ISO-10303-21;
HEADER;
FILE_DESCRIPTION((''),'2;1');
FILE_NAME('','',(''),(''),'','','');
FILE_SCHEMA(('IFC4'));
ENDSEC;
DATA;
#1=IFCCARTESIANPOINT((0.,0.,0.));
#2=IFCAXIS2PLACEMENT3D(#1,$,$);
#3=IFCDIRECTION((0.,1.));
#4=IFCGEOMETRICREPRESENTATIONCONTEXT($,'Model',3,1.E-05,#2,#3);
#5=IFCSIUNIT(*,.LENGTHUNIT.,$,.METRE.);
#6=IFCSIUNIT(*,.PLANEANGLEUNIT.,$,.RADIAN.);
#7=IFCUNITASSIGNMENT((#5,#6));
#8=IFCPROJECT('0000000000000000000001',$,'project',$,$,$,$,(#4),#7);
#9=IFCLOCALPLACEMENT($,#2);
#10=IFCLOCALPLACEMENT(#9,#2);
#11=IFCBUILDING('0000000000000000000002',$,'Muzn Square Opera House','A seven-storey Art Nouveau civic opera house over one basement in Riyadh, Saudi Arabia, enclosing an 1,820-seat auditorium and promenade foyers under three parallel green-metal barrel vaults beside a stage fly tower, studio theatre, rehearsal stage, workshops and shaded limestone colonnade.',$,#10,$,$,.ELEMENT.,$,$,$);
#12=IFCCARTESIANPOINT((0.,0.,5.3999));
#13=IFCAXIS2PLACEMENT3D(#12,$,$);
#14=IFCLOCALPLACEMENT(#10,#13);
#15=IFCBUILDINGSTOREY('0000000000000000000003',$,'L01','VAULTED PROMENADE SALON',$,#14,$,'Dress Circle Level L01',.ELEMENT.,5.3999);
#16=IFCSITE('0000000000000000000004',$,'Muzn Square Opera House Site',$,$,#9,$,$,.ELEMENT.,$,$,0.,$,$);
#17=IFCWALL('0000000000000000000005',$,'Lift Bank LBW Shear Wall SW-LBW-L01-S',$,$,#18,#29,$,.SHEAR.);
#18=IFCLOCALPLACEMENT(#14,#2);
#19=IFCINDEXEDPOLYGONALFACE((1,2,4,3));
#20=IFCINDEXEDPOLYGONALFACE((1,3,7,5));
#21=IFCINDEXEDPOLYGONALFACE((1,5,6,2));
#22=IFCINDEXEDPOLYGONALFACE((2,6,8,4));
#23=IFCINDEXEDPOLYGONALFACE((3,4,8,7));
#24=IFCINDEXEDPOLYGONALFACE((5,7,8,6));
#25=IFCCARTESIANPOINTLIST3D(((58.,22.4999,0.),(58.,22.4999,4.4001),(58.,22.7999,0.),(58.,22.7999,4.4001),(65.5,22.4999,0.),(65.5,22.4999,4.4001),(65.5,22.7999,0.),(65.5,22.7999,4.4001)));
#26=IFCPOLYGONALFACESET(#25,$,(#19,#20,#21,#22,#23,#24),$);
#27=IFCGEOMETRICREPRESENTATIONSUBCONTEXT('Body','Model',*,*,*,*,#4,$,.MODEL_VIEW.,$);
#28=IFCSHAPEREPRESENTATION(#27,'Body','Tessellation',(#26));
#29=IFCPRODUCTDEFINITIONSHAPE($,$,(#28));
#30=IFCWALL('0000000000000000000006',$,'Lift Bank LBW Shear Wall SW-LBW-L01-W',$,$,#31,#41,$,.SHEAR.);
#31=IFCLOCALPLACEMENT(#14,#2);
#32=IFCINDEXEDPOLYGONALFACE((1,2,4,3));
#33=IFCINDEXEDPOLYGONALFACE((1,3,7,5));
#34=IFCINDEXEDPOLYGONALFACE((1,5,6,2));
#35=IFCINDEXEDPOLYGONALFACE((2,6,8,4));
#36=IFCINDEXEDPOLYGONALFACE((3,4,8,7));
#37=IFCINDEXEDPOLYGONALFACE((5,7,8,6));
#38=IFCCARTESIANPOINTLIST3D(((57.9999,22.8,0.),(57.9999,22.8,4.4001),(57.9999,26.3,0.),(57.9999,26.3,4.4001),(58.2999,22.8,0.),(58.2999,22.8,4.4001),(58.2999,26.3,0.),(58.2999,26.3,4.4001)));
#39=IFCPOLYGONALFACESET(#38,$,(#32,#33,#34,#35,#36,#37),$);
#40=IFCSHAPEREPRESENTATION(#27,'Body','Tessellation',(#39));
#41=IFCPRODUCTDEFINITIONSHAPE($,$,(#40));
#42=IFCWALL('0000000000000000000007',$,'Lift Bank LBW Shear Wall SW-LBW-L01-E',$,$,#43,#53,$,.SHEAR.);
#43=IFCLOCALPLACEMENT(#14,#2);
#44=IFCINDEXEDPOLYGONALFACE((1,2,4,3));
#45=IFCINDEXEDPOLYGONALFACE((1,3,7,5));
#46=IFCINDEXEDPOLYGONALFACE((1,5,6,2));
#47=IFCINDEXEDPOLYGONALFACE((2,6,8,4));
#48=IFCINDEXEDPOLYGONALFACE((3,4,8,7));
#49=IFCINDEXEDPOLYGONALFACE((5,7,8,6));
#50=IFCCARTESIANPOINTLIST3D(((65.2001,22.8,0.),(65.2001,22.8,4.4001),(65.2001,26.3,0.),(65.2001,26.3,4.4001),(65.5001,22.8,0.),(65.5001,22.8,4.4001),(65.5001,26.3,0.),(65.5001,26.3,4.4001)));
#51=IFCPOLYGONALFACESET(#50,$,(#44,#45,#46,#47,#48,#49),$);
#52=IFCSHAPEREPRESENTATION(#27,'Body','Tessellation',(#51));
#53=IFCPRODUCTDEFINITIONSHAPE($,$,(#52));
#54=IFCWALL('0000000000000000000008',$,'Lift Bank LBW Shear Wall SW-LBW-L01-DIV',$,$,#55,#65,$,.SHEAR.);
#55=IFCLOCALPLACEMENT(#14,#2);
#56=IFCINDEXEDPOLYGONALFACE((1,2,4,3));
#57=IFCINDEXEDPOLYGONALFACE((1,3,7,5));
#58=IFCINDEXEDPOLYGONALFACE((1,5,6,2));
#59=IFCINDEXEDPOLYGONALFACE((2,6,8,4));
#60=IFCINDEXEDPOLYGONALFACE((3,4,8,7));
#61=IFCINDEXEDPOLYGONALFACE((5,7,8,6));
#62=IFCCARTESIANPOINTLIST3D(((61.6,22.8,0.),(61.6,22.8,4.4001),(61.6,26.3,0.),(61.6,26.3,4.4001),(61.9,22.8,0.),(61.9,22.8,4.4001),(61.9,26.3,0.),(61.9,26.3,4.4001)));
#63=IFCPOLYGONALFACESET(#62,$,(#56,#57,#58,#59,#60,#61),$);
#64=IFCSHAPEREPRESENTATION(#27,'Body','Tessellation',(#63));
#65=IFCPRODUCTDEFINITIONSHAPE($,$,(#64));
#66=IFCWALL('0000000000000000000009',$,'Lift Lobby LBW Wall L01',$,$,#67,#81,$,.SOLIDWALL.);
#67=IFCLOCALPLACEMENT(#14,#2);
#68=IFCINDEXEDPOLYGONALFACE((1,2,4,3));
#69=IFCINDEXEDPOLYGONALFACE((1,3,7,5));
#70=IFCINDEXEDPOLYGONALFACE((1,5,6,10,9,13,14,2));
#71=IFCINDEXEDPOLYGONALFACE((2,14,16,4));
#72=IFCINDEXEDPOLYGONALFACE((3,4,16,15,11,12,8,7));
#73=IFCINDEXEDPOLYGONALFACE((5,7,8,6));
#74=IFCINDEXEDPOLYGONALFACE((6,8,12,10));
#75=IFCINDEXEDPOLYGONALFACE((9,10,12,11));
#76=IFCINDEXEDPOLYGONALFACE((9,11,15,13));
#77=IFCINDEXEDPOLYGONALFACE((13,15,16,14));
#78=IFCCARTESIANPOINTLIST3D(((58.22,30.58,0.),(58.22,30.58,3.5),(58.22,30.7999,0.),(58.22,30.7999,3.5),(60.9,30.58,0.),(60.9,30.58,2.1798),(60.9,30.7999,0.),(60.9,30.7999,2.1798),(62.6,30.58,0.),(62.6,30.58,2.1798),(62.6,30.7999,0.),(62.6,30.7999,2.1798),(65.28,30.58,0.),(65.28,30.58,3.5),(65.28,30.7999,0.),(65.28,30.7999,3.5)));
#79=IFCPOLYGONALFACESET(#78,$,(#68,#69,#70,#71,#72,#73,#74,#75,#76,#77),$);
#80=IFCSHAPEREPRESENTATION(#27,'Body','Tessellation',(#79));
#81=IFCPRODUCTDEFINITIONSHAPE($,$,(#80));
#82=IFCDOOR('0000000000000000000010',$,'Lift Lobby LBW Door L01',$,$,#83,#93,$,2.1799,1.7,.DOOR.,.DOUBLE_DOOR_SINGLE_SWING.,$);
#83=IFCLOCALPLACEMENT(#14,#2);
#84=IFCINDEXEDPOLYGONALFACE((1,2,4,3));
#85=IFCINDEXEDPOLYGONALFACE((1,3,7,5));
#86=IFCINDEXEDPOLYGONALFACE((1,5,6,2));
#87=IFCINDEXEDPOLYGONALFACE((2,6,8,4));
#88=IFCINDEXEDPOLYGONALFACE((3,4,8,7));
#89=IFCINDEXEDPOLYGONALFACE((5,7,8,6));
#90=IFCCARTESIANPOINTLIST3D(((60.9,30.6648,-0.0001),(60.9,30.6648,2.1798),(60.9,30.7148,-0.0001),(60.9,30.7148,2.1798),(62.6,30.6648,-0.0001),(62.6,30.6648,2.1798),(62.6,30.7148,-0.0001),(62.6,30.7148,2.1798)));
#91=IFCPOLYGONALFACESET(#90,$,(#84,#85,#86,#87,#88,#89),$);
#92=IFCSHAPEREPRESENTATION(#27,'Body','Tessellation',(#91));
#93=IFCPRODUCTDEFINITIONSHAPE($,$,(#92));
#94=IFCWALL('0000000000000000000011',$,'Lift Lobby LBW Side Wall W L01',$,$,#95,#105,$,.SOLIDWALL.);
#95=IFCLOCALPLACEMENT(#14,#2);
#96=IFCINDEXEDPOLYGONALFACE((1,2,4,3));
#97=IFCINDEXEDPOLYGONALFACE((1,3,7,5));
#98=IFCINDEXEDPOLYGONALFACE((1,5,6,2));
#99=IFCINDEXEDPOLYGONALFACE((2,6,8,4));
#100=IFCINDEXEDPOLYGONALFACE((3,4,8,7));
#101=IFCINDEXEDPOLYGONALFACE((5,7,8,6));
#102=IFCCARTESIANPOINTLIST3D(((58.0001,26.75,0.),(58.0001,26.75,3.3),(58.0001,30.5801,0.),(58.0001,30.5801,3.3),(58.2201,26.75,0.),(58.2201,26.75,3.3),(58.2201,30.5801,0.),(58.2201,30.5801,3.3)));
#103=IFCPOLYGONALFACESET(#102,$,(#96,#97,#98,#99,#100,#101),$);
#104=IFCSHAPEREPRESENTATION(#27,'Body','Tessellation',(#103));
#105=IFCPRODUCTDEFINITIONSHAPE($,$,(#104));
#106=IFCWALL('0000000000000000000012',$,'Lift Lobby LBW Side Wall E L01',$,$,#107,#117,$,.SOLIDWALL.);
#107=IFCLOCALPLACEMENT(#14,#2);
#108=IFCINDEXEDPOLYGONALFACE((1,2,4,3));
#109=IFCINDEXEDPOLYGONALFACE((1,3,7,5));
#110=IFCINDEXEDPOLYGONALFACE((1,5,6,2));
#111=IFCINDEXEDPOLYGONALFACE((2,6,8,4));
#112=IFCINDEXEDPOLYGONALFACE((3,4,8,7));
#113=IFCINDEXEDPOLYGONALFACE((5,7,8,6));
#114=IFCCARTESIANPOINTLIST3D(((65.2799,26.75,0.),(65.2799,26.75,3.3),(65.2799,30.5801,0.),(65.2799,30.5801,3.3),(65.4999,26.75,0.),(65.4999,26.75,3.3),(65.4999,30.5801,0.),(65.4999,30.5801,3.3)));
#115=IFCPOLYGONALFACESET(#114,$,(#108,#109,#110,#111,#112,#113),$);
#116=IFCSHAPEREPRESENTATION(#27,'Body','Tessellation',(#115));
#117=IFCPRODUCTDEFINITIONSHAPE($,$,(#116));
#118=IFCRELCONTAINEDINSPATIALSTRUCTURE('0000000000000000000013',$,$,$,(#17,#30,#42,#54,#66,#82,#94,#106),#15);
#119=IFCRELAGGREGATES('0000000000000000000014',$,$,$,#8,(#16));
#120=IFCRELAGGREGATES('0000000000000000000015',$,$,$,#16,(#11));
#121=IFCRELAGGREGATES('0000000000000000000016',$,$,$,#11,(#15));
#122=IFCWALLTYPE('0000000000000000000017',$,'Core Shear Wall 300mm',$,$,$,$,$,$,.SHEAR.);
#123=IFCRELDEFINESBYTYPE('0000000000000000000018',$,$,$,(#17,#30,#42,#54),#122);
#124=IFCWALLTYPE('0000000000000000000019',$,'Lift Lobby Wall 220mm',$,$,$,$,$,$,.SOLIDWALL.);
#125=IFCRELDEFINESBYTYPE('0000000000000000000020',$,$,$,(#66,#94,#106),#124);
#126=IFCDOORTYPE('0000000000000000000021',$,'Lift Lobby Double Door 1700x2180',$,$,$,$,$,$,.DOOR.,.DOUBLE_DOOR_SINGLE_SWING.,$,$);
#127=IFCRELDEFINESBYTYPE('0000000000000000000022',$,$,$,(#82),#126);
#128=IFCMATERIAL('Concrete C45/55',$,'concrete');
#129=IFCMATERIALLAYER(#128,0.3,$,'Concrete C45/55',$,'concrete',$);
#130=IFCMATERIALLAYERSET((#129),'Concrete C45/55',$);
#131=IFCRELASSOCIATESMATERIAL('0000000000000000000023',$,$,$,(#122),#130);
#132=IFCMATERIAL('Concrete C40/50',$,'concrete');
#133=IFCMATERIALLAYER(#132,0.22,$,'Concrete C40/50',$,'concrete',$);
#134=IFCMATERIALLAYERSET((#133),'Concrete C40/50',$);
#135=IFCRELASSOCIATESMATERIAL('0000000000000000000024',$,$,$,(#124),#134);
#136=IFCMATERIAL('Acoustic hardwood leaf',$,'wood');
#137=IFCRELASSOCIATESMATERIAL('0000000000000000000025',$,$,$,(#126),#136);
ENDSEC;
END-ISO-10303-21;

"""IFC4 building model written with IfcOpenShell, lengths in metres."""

from ifc_helpers import new_model, si_unit, direction, frame, frame_2d, origin, place, context, subcontext, project, spatial, rectangle, extrude, material, layer, layer_set, type_object, element, fill, save


model = new_model("IFC4")

# Units and contexts
model_context = context("Model", 3, precision=1e-05, world=origin(), true_north=direction((0.0, 1.0)))
body_context = subcontext(model_context, "Body", "Model", "MODEL_VIEW")
ifc_project = project(units=[si_unit("LENGTHUNIT", "METRE"), si_unit("PLANEANGLEUNIT", "RADIAN")], contexts=[model_context])

# Site, building, storey
site_placement = place(None, origin())
site = spatial("IfcSite", under=ifc_project, at=site_placement, Name="Muzn Square Opera House Site", CompositionType="ELEMENT", RefElevation=0.0)
building_placement = place(site_placement, origin())
building = spatial("IfcBuilding", under=site, at=building_placement, Name="Muzn Square Opera House", Description="A seven-storey Art Nouveau civic opera house over one basement in Riyadh, Saudi Arabia, enclosing an 1,820-seat auditorium and promenade foyers under three parallel green-metal barrel vaults beside a stage fly tower, studio theatre, rehearsal stage, workshops and shaded limestone colonnade.", CompositionType="ELEMENT")
storey_placement = place(building_placement, frame((0.0, 0.0, 5.3999)))
storey = spatial("IfcBuildingStorey", under=building, at=storey_placement, Name="L01", Description="VAULTED PROMENADE SALON", LongName="Dress Circle Level L01", CompositionType="ELEMENT", Elevation=5.3999)

# Shared definitions
ifc_material_1 = material(Name="Concrete C45/55", Category="concrete")

# Shared definitions
ifc_material_2 = material(Name="Concrete C40/50", Category="concrete")

# Walls
ifc_layer_1 = layer(ifc_material_1, 0.3, Name="Concrete C45/55", Category="concrete")
ifc_layer_set_1 = layer_set([ifc_layer_1], Name="Concrete C45/55")
wall_type_1 = type_object("IfcWallType", Name="Core Shear Wall 300mm", PredefinedType="SHEAR", material=ifc_layer_set_1)
wall_1_placement = place(storey_placement, frame((58.0, 22.6499, 0.0), z_axis=(0.0, 0.0, 1.0), x_axis=(1.0, 0.0, 0.0)))
element("IfcWall", 1, at=wall_1_placement, inside=storey, type_object=wall_type_1, Name="Lift Bank LBW Shear Wall SW-LBW-L01-S", PredefinedType="SHEAR", context=body_context, shape_type="SweptSolid", body=[
    extrude(rectangle(XDim=7.5, YDim=0.3, at=frame_2d((3.75, 0.0))), origin(), (0.0, 0.0, 1.0), 4.4001),
])
for number, where, z_axis, x_axis, name in (
    (2, (58.1499, 22.8, 0.0), (0.0, 0.0, 1.0), (0.0, 1.0, 0.0), "Lift Bank LBW Shear Wall SW-LBW-L01-W"),
    (3, (65.3501, 22.8, 0.0), (0.0, 0.0, 1.0), (0.0, 1.0, 0.0), "Lift Bank LBW Shear Wall SW-LBW-L01-E"),
    (4, (61.75, 22.8, 0.0), (0.0, 0.0, 1.0), (0.0, 1.0, 0.0), "Lift Bank LBW Shear Wall SW-LBW-L01-DIV"),
):
    element("IfcWall", number, at=place(storey_placement, frame(where, z_axis=z_axis, x_axis=x_axis)), inside=storey, type_object=wall_type_1, Name=name, PredefinedType="SHEAR", context=body_context, shape_type="SweptSolid", body=[
        extrude(rectangle(XDim=3.5, YDim=0.3, at=frame_2d((1.75, 0.0))), origin(), (0.0, 0.0, 1.0), 4.4001),
    ])

# Wall, opening, door
ifc_layer_2 = layer(ifc_material_2, 0.22, Name="Concrete C40/50", Category="concrete")
ifc_layer_set_2 = layer_set([ifc_layer_2], Name="Concrete C40/50")
wall_type_2 = type_object("IfcWallType", Name="Lift Lobby Wall 220mm", PredefinedType="SOLIDWALL", material=ifc_layer_set_2)
wall_2_placement = place(storey_placement, frame((58.22, 30.6899, 0.0), z_axis=(0.0, 0.0, 1.0), x_axis=(1.0, 0.0, 0.0)))
wall_2 = element("IfcWall", 5, at=wall_2_placement, inside=storey, type_object=wall_type_2, Name="Lift Lobby LBW Wall L01", PredefinedType="SOLIDWALL", context=body_context, shape_type="SweptSolid", body=[
    extrude(rectangle(XDim=7.0601, YDim=0.22, at=frame_2d((3.53, 0.0))), origin(), (0.0, 0.0, 1.0), 3.5),
])
opening_1_placement = place(wall_2_placement, frame((2.6799, 0.0, 0.0)))
opening_1 = element("IfcOpeningElement", 6, at=opening_1_placement, cuts=wall_2, PredefinedType="OPENING", context=body_context, shape_type="SweptSolid", body=[
    extrude(rectangle(XDim=1.7, YDim=2.1799, at=frame_2d((0.8501, 1.0898))), frame((0.0, 0.1199, 0.0), z_axis=(0.0, -1.0, 0.0), x_axis=(1.0, 0.0, 0.0)), (0.0, 0.0, 1.0), 0.24),
])
ifc_material_3 = material(Name="Acoustic hardwood leaf", Category="wood")
door_type_1 = type_object("IfcDoorType", Name="Lift Lobby Double Door 1700x2180", OperationType="DOUBLE_DOOR_SINGLE_SWING", PredefinedType="DOOR", material=ifc_material_3)
door_1_placement = place(opening_1_placement, origin())
door_1 = element("IfcDoor", 7, at=door_1_placement, inside=storey, type_object=door_type_1, Name="Lift Lobby LBW Door L01", OperationType="DOUBLE_DOOR_SINGLE_SWING", OverallHeight=2.1799, OverallWidth=1.7, PredefinedType="DOOR", context=body_context, shape_type="SweptSolid", body=[
    extrude(rectangle(XDim=1.7, YDim=2.1799, at=frame_2d((0.8501, 1.0898))), frame((0.0, 0.0249, 0.0), z_axis=(0.0, -1.0, 0.0), x_axis=(1.0, 0.0, 0.0)), (0.0, 0.0, 1.0), 0.05),
])
fill(opening_1, door_1)

# Walls
for number, where, z_axis, x_axis, name in (
    (8, (58.1101, 26.75, 0.0), (0.0, 0.0, 1.0), (0.0, 1.0, 0.0), "Lift Lobby LBW Side Wall W L01"),
    (9, (65.3899, 26.75, 0.0), (0.0, 0.0, 1.0), (0.0, 1.0, 0.0), "Lift Lobby LBW Side Wall E L01"),
):
    element("IfcWall", number, at=place(storey_placement, frame(where, z_axis=z_axis, x_axis=x_axis)), inside=storey, type_object=wall_type_2, Name=name, PredefinedType="SOLIDWALL", context=body_context, shape_type="SweptSolid", body=[
        extrude(rectangle(XDim=3.8301, YDim=0.22, at=frame_2d((1.915, 0.0))), origin(), (0.0, 0.0, 1.0), 3.3),
    ])

save(model, "model.ifc")
